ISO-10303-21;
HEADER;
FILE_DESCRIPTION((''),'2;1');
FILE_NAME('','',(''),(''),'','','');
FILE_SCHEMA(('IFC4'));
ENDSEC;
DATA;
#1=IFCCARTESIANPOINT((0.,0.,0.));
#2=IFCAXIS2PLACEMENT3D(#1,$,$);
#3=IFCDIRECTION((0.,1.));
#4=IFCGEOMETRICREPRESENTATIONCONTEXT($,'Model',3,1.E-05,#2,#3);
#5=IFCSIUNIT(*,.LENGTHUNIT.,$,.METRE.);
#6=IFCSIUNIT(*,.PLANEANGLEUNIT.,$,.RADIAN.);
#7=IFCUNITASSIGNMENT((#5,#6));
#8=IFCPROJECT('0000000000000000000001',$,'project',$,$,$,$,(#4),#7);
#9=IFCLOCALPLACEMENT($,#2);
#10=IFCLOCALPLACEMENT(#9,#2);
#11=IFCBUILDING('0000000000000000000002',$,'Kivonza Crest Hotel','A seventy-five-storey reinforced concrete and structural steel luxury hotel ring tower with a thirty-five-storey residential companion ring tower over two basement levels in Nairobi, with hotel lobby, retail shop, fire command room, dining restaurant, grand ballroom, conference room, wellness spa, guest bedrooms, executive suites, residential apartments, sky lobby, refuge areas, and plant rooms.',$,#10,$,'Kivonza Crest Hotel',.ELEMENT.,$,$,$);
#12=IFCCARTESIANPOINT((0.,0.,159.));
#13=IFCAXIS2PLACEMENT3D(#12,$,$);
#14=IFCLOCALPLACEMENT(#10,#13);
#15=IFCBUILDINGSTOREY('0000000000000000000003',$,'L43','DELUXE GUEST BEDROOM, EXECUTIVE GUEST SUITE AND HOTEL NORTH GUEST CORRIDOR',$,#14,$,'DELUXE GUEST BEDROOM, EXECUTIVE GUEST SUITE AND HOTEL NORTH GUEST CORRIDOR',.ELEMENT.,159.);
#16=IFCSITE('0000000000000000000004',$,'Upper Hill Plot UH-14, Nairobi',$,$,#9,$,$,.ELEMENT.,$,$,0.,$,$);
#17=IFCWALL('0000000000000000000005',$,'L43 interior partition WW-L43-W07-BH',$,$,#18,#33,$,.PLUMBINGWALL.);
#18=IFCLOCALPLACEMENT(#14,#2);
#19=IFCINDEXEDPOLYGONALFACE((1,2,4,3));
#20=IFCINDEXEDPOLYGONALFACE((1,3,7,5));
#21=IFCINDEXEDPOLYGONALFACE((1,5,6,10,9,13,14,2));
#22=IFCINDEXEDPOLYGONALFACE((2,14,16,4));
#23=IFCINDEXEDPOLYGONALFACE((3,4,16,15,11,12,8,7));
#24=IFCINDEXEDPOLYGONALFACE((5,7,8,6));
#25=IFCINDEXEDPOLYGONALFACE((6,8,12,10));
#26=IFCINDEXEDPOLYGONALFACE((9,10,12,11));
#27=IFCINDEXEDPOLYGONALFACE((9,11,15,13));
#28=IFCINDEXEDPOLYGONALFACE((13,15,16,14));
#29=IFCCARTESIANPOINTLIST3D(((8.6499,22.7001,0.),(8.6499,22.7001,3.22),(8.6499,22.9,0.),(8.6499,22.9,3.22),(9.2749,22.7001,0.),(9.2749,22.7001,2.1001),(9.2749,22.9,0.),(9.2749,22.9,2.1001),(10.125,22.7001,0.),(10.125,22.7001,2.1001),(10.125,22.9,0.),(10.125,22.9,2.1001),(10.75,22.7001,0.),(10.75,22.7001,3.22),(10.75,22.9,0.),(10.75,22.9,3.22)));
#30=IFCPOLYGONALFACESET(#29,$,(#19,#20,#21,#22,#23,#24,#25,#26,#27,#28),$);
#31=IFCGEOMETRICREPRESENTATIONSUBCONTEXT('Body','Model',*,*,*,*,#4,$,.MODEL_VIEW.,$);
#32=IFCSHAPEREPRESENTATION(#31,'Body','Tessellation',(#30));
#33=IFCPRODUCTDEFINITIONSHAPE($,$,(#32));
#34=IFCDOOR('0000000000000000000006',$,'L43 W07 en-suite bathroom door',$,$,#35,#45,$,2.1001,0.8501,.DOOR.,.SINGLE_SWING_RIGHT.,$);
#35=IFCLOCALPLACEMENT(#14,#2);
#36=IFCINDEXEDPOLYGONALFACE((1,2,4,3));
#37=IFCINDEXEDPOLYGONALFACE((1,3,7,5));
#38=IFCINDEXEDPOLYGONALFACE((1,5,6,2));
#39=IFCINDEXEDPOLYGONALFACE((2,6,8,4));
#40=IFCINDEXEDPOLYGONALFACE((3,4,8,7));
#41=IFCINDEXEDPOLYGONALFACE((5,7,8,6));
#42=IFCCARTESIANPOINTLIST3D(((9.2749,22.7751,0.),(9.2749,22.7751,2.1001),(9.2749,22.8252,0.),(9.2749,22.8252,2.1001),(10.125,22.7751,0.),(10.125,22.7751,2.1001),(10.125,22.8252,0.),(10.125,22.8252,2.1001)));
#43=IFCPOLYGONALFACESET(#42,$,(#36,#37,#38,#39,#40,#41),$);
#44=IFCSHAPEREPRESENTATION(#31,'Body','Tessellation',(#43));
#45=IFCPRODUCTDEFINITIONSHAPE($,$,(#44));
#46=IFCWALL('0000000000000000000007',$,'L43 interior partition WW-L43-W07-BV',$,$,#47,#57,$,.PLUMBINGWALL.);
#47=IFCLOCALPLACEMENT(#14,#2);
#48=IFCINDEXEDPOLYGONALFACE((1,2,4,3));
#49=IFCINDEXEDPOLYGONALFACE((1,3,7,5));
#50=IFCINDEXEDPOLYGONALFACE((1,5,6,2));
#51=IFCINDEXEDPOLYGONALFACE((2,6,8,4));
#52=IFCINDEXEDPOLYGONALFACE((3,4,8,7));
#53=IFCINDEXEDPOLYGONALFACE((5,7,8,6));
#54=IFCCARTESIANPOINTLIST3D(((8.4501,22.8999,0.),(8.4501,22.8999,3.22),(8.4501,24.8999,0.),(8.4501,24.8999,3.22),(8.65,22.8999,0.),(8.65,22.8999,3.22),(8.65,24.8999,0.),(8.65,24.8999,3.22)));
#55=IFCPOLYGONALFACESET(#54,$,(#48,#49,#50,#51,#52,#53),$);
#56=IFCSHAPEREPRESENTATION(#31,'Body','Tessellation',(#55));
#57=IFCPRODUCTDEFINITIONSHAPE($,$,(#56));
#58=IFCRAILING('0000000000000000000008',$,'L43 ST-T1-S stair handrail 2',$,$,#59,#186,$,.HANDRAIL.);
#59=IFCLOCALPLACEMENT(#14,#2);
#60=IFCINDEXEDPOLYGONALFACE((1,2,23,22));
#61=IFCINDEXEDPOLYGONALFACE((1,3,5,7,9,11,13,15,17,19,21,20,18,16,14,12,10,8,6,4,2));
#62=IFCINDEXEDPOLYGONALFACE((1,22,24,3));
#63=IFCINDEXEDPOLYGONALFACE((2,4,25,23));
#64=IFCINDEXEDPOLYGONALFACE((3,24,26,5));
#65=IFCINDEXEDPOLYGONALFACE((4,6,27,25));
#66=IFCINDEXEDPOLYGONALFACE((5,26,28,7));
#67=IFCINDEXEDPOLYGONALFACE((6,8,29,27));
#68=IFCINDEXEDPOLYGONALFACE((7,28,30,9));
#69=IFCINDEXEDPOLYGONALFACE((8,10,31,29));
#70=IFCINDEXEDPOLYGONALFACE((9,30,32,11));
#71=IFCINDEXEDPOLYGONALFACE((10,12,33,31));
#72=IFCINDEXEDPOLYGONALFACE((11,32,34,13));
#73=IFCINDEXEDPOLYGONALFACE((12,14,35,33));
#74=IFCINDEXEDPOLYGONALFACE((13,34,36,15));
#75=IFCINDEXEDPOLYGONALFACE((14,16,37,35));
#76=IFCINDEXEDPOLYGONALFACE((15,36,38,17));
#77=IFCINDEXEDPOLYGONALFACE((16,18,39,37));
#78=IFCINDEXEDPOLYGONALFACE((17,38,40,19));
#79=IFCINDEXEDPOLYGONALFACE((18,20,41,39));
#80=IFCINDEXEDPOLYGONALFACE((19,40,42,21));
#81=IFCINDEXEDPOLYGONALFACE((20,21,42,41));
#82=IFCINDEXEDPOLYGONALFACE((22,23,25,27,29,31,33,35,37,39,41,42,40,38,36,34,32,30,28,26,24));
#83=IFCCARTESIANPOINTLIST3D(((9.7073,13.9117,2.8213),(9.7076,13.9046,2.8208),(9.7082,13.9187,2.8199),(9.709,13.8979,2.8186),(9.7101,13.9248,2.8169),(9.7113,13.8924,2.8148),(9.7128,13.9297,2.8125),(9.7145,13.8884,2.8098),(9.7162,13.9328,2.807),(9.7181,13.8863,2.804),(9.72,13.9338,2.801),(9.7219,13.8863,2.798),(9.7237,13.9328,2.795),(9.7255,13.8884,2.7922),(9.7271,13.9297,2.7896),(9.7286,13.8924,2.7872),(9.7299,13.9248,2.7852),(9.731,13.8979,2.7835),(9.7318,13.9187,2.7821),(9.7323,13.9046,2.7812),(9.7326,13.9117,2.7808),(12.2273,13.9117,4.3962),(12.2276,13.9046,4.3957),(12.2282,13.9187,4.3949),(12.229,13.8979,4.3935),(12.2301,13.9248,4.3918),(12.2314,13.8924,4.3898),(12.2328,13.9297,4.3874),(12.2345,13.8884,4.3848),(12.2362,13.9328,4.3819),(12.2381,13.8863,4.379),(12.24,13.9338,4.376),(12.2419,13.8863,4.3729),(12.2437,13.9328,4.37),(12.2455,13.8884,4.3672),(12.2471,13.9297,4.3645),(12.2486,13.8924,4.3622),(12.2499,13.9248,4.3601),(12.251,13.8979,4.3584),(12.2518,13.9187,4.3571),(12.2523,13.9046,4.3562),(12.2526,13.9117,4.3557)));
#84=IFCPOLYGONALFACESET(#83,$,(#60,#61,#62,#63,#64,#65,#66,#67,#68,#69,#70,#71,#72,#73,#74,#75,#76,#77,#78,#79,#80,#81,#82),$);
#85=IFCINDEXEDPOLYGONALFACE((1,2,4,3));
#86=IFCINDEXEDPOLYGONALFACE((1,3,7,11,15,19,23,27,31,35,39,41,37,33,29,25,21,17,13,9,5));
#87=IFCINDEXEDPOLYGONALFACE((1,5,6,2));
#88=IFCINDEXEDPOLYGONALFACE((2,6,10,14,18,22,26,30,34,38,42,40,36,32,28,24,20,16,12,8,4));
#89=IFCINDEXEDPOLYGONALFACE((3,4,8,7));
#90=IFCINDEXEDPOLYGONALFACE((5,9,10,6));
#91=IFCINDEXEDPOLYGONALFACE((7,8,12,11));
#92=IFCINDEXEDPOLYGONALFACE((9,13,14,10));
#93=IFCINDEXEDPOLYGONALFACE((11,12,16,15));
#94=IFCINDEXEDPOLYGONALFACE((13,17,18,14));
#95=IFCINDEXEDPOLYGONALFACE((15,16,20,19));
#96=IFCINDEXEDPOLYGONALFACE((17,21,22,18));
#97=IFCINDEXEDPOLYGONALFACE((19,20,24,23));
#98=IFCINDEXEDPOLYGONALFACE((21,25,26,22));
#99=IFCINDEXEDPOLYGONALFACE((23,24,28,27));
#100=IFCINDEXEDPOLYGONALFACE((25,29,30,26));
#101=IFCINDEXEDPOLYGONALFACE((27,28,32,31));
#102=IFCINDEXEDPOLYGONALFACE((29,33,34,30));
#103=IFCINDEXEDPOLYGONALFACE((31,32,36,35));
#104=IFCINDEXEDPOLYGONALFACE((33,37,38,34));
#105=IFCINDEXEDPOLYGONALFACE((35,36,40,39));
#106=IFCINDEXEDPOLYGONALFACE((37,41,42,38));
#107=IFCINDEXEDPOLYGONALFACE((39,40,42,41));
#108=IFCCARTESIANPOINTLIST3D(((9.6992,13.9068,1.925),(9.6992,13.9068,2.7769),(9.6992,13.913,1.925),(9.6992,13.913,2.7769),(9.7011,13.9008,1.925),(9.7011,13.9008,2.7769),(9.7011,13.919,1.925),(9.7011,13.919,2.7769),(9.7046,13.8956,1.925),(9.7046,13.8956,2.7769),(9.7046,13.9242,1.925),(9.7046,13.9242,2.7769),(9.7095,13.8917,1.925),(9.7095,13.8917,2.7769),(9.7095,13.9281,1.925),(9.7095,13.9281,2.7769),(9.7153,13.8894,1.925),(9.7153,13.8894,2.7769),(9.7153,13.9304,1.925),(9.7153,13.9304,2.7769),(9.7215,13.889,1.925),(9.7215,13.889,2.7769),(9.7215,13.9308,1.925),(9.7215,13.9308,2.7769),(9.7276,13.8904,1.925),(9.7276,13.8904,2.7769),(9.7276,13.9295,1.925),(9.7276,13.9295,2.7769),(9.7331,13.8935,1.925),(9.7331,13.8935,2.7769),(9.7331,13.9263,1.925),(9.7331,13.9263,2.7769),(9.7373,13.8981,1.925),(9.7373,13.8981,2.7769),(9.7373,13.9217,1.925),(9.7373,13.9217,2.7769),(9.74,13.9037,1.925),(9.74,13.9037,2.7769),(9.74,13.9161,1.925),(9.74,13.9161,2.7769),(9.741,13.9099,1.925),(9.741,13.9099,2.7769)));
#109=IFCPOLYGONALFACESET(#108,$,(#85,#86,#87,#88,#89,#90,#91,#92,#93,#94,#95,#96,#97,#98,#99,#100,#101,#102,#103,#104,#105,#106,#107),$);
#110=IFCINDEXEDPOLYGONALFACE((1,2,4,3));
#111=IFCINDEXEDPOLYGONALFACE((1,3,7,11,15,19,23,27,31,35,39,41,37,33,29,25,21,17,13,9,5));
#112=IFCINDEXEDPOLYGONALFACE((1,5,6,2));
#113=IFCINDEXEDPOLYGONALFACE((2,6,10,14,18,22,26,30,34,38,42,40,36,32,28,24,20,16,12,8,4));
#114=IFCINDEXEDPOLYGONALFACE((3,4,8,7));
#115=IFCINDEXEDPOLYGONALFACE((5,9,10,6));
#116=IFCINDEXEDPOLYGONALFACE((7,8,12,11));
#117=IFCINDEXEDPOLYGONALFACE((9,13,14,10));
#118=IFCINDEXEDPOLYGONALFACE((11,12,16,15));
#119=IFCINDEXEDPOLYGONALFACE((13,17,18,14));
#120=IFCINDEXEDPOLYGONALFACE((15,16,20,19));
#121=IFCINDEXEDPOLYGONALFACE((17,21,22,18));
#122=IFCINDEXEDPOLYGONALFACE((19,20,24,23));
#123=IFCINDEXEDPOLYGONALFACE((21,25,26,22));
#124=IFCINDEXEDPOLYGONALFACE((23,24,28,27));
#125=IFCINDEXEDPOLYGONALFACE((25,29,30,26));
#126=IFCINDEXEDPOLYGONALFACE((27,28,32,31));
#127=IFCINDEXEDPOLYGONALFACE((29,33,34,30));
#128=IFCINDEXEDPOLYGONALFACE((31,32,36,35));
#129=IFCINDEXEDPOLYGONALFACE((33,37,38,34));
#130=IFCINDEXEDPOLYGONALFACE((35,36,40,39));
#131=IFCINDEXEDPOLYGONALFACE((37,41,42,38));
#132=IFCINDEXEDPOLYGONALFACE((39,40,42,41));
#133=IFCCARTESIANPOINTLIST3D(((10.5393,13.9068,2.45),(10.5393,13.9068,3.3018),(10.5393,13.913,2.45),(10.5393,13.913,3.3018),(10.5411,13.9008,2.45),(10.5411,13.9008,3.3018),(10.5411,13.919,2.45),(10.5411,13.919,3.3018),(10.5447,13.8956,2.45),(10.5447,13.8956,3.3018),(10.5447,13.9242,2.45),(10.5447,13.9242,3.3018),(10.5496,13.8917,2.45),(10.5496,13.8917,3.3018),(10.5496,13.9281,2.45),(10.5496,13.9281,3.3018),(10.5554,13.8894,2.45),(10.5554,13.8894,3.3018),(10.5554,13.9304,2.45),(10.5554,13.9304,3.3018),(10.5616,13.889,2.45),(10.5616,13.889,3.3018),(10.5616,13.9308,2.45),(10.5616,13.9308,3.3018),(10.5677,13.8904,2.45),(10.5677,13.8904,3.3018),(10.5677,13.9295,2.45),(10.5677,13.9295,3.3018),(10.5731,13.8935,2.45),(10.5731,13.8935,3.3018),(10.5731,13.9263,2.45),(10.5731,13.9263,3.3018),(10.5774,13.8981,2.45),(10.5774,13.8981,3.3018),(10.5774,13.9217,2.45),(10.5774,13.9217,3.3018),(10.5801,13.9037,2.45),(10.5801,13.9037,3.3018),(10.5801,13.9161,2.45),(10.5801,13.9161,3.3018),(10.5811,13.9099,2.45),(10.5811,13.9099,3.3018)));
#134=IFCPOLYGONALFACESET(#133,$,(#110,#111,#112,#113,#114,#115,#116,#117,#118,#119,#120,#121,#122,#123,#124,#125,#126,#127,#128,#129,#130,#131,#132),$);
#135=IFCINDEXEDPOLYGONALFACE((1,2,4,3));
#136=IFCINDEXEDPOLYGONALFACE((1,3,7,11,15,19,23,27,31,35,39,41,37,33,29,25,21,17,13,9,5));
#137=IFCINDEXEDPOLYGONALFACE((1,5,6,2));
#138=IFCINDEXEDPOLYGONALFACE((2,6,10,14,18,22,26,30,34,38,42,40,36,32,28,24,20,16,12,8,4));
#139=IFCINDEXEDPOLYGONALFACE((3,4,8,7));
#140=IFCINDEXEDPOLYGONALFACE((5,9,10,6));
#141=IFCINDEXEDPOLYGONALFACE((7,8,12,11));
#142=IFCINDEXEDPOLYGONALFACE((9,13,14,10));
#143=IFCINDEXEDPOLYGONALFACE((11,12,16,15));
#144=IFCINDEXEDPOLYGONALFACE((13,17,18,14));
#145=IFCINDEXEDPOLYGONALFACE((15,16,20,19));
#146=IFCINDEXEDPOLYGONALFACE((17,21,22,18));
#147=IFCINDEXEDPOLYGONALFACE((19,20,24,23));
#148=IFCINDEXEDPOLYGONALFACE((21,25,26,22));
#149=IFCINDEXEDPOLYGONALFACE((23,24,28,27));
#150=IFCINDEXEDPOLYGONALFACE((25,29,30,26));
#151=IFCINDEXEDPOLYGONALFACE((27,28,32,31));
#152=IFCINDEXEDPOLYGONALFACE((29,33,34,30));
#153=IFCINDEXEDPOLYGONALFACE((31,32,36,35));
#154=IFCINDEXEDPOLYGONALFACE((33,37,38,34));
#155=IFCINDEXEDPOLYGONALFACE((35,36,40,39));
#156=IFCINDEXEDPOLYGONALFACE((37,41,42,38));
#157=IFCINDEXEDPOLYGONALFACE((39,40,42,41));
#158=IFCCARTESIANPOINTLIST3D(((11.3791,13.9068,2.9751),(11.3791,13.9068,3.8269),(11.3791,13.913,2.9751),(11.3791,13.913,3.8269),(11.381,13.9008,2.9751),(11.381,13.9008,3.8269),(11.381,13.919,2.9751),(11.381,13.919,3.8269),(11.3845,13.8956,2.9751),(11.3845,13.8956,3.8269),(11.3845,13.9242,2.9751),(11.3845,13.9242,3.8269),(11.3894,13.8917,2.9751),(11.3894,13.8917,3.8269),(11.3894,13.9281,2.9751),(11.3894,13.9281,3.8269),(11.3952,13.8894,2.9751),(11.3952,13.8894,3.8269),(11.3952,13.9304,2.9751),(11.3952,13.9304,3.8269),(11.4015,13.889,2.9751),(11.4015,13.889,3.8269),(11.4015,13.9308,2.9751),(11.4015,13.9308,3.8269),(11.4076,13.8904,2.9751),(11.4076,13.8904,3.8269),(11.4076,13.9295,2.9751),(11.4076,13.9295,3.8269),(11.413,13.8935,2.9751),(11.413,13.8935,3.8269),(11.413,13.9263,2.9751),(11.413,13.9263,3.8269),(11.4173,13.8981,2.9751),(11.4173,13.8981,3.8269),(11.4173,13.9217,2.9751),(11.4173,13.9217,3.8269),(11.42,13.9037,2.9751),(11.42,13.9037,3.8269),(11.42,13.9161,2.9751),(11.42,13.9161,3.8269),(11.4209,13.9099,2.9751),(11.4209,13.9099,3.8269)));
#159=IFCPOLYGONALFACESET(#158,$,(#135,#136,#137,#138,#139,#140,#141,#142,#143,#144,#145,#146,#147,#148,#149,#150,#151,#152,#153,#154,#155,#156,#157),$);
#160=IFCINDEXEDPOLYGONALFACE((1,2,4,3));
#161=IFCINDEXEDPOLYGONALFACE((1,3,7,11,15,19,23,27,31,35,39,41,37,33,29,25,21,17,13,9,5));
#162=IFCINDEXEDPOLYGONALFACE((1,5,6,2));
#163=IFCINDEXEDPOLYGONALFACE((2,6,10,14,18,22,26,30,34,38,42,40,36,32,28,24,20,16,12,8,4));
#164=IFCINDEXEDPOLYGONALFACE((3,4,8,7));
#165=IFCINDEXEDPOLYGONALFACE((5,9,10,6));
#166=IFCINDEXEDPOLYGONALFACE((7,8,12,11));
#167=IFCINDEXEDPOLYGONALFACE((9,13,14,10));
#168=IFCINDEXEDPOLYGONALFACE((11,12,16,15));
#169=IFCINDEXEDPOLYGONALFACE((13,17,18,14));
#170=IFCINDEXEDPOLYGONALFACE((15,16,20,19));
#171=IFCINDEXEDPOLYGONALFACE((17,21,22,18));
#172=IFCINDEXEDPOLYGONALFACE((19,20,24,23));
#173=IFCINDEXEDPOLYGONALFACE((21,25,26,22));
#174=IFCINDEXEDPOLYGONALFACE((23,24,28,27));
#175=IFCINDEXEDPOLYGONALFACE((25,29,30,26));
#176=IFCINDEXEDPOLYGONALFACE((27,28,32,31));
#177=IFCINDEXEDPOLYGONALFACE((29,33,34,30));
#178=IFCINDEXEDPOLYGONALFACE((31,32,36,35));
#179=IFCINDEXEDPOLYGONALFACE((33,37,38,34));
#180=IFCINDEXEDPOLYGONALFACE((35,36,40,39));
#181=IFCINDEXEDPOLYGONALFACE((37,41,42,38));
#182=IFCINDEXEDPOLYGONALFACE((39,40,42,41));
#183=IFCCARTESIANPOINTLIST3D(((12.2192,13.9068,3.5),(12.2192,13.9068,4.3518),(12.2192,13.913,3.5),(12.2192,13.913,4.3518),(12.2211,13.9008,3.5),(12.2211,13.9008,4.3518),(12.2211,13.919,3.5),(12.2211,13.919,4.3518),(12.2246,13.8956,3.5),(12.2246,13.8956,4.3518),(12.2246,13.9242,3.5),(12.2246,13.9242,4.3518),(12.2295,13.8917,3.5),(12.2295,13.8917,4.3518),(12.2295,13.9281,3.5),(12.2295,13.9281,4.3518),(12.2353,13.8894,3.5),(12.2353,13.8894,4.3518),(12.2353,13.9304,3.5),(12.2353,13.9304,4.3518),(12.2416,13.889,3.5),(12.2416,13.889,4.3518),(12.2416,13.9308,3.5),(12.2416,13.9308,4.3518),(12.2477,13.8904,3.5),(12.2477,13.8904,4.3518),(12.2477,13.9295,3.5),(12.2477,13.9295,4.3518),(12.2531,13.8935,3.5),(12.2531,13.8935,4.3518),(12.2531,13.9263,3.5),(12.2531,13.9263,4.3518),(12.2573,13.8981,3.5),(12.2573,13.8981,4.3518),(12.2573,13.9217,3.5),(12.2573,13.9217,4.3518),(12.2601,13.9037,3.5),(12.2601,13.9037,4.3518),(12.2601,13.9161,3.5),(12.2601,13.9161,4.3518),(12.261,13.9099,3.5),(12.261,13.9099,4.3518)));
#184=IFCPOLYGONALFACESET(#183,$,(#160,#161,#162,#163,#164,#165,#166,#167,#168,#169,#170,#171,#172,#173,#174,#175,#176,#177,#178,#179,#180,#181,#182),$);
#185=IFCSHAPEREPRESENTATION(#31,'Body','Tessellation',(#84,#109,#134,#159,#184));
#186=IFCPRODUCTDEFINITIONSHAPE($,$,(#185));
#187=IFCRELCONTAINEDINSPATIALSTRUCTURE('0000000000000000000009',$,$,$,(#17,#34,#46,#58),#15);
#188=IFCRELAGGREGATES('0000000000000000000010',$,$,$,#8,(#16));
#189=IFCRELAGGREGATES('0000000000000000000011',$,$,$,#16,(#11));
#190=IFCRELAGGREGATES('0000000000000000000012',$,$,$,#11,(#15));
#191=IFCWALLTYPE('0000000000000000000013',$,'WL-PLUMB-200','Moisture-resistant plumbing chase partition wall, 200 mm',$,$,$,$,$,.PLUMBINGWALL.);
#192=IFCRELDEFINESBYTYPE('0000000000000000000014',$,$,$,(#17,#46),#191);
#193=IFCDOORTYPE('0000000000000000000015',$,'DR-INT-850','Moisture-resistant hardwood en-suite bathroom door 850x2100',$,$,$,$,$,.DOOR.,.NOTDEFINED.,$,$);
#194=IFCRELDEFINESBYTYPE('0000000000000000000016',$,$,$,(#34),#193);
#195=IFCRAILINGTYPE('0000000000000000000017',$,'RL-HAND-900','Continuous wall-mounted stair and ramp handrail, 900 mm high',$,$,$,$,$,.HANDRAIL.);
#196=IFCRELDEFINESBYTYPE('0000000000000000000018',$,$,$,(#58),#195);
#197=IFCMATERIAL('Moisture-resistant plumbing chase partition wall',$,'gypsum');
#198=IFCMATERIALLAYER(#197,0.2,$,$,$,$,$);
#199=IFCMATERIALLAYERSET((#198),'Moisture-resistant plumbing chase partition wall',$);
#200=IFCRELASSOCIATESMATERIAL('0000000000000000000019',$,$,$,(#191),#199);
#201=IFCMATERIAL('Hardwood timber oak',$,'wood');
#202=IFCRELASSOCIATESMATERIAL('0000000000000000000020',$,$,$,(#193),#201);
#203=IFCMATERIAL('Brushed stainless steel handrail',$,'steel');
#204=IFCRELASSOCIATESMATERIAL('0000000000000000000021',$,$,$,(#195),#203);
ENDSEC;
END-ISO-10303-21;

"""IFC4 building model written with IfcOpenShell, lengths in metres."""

from ifc_helpers import new_model, si_unit, direction, frame, frame_2d, origin, origin_2d, place, context, subcontext, project, spatial, rectangle, circle, extrude, material, layer, layer_set, type_object, element, fill, save


model = new_model("IFC4")

# Units and contexts
model_context = context("Model", 3, precision=1e-05, world=origin(), true_north=direction((0.0, 1.0)))
body_context = subcontext(model_context, "Body", "Model", "MODEL_VIEW")
ifc_project = project(units=[si_unit("LENGTHUNIT", "METRE"), si_unit("PLANEANGLEUNIT", "RADIAN")], contexts=[model_context])

# Site, building, storey
site_placement = place(None, origin())
site = spatial("IfcSite", under=ifc_project, at=site_placement, Name="Upper Hill Plot UH-14, Nairobi", CompositionType="ELEMENT", RefElevation=0.0)
building_placement = place(site_placement, origin())
building = spatial("IfcBuilding", under=site, at=building_placement, Name="Kivonza Crest Hotel", Description="A seventy-five-storey reinforced concrete and structural steel luxury hotel ring tower with a thirty-five-storey residential companion ring tower over two basement levels in Nairobi, with hotel lobby, retail shop, fire command room, dining restaurant, grand ballroom, conference room, wellness spa, guest bedrooms, executive suites, residential apartments, sky lobby, refuge areas, and plant rooms.", LongName="Kivonza Crest Hotel", CompositionType="ELEMENT")
storey_placement = place(building_placement, frame((0.0, 0.0, 159.0)))
storey = spatial("IfcBuildingStorey", under=building, at=storey_placement, Name="L43", Description="DELUXE GUEST BEDROOM, EXECUTIVE GUEST SUITE AND HOTEL NORTH GUEST CORRIDOR", LongName="DELUXE GUEST BEDROOM, EXECUTIVE GUEST SUITE AND HOTEL NORTH GUEST CORRIDOR", CompositionType="ELEMENT", Elevation=159.0)

# Shared definitions
ifc_material_1 = material(Name="Hardwood timber oak", Category="wood")

# Wall, opening, door
ifc_material_2 = material(Name="Moisture-resistant plumbing chase partition wall", Category="gypsum")
ifc_layer_1 = layer(ifc_material_2, 0.2)
ifc_layer_set_1 = layer_set([ifc_layer_1], Name="Moisture-resistant plumbing chase partition wall")
wall_type_1 = type_object("IfcWallType", Name="WL-PLUMB-200", Description="Moisture-resistant plumbing chase partition wall, 200 mm", PredefinedType="PLUMBINGWALL", material=ifc_layer_set_1)
wall_1_placement = place(storey_placement, frame((8.6499, 22.8, 0.0), z_axis=(0.0, 0.0, 1.0), x_axis=(1.0, 0.0, 0.0)))
wall_1 = element("IfcWall", 1, at=wall_1_placement, inside=storey, type_object=wall_type_1, Name="L43 interior partition WW-L43-W07-BH", PredefinedType="PLUMBINGWALL", context=body_context, shape_type="SweptSolid", body=[
    extrude(rectangle(XDim=2.1001, YDim=0.2, at=frame_2d((1.05, 0.0))), origin(), (0.0, 0.0, 1.0), 3.22),
])
opening_1_placement = place(wall_1_placement, frame((0.625, 0.0, 0.0)))
opening_1 = element("IfcOpeningElement", 2, at=opening_1_placement, cuts=wall_1, PredefinedType="OPENING", context=body_context, shape_type="SweptSolid", body=[
    extrude(rectangle(XDim=0.8501, YDim=2.1001, at=frame_2d((0.425, 1.05))), frame((0.0, 0.1099, 0.0), z_axis=(0.0, -1.0, 0.0), x_axis=(1.0, 0.0, 0.0)), (0.0, 0.0, 1.0), 0.22),
])
door_type_1 = type_object("IfcDoorType", Name="DR-INT-850", Description="Moisture-resistant hardwood en-suite bathroom door 850x2100", OperationType="NOTDEFINED", PredefinedType="DOOR", material=ifc_material_1)
door_1_placement = place(opening_1_placement, frame((0.8501, 0.0, 0.0), z_axis=(0.0, 0.0, 1.0), x_axis=(-1.0, 0.0, 0.0)))
door_1 = element("IfcDoor", 3, at=door_1_placement, inside=storey, type_object=door_type_1, Name="L43 W07 en-suite bathroom door", OperationType="SINGLE_SWING_RIGHT", OverallHeight=2.1001, OverallWidth=0.8501, PredefinedType="DOOR", context=body_context, shape_type="SweptSolid", body=[
    extrude(rectangle(XDim=0.8501, YDim=2.1001, at=frame_2d((0.425, 1.05))), frame((0.0, 0.0249, 0.0), z_axis=(0.0, -1.0, 0.0), x_axis=(1.0, 0.0, 0.0)), (0.0, 0.0, 1.0), 0.05),
])
fill(opening_1, door_1)

# Wall
wall_2_placement = place(storey_placement, frame((8.55, 22.8999, 0.0), z_axis=(0.0, 0.0, 1.0), x_axis=(0.0, 1.0, 0.0)))
element("IfcWall", 4, at=wall_2_placement, inside=storey, type_object=wall_type_1, Name="L43 interior partition WW-L43-W07-BV", PredefinedType="PLUMBINGWALL", context=body_context, shape_type="SweptSolid", body=[
    extrude(rectangle(XDim=2.0, YDim=0.2, at=frame_2d((1.0, 0.0))), origin(), (0.0, 0.0, 1.0), 3.22),
])

# Railing
ifc_material_3 = material(Name="Brushed stainless steel handrail", Category="steel")
railing_type_1 = type_object("IfcRailingType", Name="RL-HAND-900", Description="Continuous wall-mounted stair and ramp handrail, 900 mm high", PredefinedType="HANDRAIL", material=ifc_material_3)
railing_1_placement = place(storey_placement, frame((9.72, 13.9099, 1.925)))
element("IfcRailing", 5, at=railing_1_placement, inside=storey, type_object=railing_type_1, Name="L43 ST-T1-S stair handrail 2", PredefinedType="HANDRAIL", context=body_context, shape_type="SweptSolid", body=[
    extrude(circle(Radius=0.0239, at=origin_2d()), frame((0.0, 0.0, 0.876), z_axis=(0.848008, 0.0, 0.529984), x_axis=(0.0, 1.0, 0.0)), (0.0, 0.0, 1.0), 2.9717),
    extrude(circle(Radius=0.021, at=origin_2d()), origin(), (0.0, 0.0, 1.0), 0.8518),
    extrude(circle(Radius=0.021, at=origin_2d()), frame((0.8401, 0.0, 0.5249)), (0.0, 0.0, 1.0), 0.8518),
    extrude(circle(Radius=0.021, at=origin_2d()), frame((1.6799, 0.0, 1.05)), (0.0, 0.0, 1.0), 0.8518),
    extrude(circle(Radius=0.021, at=origin_2d()), frame((2.52, 0.0, 1.575)), (0.0, 0.0, 1.0), 0.8518),
])

save(model, "model.ifc")
